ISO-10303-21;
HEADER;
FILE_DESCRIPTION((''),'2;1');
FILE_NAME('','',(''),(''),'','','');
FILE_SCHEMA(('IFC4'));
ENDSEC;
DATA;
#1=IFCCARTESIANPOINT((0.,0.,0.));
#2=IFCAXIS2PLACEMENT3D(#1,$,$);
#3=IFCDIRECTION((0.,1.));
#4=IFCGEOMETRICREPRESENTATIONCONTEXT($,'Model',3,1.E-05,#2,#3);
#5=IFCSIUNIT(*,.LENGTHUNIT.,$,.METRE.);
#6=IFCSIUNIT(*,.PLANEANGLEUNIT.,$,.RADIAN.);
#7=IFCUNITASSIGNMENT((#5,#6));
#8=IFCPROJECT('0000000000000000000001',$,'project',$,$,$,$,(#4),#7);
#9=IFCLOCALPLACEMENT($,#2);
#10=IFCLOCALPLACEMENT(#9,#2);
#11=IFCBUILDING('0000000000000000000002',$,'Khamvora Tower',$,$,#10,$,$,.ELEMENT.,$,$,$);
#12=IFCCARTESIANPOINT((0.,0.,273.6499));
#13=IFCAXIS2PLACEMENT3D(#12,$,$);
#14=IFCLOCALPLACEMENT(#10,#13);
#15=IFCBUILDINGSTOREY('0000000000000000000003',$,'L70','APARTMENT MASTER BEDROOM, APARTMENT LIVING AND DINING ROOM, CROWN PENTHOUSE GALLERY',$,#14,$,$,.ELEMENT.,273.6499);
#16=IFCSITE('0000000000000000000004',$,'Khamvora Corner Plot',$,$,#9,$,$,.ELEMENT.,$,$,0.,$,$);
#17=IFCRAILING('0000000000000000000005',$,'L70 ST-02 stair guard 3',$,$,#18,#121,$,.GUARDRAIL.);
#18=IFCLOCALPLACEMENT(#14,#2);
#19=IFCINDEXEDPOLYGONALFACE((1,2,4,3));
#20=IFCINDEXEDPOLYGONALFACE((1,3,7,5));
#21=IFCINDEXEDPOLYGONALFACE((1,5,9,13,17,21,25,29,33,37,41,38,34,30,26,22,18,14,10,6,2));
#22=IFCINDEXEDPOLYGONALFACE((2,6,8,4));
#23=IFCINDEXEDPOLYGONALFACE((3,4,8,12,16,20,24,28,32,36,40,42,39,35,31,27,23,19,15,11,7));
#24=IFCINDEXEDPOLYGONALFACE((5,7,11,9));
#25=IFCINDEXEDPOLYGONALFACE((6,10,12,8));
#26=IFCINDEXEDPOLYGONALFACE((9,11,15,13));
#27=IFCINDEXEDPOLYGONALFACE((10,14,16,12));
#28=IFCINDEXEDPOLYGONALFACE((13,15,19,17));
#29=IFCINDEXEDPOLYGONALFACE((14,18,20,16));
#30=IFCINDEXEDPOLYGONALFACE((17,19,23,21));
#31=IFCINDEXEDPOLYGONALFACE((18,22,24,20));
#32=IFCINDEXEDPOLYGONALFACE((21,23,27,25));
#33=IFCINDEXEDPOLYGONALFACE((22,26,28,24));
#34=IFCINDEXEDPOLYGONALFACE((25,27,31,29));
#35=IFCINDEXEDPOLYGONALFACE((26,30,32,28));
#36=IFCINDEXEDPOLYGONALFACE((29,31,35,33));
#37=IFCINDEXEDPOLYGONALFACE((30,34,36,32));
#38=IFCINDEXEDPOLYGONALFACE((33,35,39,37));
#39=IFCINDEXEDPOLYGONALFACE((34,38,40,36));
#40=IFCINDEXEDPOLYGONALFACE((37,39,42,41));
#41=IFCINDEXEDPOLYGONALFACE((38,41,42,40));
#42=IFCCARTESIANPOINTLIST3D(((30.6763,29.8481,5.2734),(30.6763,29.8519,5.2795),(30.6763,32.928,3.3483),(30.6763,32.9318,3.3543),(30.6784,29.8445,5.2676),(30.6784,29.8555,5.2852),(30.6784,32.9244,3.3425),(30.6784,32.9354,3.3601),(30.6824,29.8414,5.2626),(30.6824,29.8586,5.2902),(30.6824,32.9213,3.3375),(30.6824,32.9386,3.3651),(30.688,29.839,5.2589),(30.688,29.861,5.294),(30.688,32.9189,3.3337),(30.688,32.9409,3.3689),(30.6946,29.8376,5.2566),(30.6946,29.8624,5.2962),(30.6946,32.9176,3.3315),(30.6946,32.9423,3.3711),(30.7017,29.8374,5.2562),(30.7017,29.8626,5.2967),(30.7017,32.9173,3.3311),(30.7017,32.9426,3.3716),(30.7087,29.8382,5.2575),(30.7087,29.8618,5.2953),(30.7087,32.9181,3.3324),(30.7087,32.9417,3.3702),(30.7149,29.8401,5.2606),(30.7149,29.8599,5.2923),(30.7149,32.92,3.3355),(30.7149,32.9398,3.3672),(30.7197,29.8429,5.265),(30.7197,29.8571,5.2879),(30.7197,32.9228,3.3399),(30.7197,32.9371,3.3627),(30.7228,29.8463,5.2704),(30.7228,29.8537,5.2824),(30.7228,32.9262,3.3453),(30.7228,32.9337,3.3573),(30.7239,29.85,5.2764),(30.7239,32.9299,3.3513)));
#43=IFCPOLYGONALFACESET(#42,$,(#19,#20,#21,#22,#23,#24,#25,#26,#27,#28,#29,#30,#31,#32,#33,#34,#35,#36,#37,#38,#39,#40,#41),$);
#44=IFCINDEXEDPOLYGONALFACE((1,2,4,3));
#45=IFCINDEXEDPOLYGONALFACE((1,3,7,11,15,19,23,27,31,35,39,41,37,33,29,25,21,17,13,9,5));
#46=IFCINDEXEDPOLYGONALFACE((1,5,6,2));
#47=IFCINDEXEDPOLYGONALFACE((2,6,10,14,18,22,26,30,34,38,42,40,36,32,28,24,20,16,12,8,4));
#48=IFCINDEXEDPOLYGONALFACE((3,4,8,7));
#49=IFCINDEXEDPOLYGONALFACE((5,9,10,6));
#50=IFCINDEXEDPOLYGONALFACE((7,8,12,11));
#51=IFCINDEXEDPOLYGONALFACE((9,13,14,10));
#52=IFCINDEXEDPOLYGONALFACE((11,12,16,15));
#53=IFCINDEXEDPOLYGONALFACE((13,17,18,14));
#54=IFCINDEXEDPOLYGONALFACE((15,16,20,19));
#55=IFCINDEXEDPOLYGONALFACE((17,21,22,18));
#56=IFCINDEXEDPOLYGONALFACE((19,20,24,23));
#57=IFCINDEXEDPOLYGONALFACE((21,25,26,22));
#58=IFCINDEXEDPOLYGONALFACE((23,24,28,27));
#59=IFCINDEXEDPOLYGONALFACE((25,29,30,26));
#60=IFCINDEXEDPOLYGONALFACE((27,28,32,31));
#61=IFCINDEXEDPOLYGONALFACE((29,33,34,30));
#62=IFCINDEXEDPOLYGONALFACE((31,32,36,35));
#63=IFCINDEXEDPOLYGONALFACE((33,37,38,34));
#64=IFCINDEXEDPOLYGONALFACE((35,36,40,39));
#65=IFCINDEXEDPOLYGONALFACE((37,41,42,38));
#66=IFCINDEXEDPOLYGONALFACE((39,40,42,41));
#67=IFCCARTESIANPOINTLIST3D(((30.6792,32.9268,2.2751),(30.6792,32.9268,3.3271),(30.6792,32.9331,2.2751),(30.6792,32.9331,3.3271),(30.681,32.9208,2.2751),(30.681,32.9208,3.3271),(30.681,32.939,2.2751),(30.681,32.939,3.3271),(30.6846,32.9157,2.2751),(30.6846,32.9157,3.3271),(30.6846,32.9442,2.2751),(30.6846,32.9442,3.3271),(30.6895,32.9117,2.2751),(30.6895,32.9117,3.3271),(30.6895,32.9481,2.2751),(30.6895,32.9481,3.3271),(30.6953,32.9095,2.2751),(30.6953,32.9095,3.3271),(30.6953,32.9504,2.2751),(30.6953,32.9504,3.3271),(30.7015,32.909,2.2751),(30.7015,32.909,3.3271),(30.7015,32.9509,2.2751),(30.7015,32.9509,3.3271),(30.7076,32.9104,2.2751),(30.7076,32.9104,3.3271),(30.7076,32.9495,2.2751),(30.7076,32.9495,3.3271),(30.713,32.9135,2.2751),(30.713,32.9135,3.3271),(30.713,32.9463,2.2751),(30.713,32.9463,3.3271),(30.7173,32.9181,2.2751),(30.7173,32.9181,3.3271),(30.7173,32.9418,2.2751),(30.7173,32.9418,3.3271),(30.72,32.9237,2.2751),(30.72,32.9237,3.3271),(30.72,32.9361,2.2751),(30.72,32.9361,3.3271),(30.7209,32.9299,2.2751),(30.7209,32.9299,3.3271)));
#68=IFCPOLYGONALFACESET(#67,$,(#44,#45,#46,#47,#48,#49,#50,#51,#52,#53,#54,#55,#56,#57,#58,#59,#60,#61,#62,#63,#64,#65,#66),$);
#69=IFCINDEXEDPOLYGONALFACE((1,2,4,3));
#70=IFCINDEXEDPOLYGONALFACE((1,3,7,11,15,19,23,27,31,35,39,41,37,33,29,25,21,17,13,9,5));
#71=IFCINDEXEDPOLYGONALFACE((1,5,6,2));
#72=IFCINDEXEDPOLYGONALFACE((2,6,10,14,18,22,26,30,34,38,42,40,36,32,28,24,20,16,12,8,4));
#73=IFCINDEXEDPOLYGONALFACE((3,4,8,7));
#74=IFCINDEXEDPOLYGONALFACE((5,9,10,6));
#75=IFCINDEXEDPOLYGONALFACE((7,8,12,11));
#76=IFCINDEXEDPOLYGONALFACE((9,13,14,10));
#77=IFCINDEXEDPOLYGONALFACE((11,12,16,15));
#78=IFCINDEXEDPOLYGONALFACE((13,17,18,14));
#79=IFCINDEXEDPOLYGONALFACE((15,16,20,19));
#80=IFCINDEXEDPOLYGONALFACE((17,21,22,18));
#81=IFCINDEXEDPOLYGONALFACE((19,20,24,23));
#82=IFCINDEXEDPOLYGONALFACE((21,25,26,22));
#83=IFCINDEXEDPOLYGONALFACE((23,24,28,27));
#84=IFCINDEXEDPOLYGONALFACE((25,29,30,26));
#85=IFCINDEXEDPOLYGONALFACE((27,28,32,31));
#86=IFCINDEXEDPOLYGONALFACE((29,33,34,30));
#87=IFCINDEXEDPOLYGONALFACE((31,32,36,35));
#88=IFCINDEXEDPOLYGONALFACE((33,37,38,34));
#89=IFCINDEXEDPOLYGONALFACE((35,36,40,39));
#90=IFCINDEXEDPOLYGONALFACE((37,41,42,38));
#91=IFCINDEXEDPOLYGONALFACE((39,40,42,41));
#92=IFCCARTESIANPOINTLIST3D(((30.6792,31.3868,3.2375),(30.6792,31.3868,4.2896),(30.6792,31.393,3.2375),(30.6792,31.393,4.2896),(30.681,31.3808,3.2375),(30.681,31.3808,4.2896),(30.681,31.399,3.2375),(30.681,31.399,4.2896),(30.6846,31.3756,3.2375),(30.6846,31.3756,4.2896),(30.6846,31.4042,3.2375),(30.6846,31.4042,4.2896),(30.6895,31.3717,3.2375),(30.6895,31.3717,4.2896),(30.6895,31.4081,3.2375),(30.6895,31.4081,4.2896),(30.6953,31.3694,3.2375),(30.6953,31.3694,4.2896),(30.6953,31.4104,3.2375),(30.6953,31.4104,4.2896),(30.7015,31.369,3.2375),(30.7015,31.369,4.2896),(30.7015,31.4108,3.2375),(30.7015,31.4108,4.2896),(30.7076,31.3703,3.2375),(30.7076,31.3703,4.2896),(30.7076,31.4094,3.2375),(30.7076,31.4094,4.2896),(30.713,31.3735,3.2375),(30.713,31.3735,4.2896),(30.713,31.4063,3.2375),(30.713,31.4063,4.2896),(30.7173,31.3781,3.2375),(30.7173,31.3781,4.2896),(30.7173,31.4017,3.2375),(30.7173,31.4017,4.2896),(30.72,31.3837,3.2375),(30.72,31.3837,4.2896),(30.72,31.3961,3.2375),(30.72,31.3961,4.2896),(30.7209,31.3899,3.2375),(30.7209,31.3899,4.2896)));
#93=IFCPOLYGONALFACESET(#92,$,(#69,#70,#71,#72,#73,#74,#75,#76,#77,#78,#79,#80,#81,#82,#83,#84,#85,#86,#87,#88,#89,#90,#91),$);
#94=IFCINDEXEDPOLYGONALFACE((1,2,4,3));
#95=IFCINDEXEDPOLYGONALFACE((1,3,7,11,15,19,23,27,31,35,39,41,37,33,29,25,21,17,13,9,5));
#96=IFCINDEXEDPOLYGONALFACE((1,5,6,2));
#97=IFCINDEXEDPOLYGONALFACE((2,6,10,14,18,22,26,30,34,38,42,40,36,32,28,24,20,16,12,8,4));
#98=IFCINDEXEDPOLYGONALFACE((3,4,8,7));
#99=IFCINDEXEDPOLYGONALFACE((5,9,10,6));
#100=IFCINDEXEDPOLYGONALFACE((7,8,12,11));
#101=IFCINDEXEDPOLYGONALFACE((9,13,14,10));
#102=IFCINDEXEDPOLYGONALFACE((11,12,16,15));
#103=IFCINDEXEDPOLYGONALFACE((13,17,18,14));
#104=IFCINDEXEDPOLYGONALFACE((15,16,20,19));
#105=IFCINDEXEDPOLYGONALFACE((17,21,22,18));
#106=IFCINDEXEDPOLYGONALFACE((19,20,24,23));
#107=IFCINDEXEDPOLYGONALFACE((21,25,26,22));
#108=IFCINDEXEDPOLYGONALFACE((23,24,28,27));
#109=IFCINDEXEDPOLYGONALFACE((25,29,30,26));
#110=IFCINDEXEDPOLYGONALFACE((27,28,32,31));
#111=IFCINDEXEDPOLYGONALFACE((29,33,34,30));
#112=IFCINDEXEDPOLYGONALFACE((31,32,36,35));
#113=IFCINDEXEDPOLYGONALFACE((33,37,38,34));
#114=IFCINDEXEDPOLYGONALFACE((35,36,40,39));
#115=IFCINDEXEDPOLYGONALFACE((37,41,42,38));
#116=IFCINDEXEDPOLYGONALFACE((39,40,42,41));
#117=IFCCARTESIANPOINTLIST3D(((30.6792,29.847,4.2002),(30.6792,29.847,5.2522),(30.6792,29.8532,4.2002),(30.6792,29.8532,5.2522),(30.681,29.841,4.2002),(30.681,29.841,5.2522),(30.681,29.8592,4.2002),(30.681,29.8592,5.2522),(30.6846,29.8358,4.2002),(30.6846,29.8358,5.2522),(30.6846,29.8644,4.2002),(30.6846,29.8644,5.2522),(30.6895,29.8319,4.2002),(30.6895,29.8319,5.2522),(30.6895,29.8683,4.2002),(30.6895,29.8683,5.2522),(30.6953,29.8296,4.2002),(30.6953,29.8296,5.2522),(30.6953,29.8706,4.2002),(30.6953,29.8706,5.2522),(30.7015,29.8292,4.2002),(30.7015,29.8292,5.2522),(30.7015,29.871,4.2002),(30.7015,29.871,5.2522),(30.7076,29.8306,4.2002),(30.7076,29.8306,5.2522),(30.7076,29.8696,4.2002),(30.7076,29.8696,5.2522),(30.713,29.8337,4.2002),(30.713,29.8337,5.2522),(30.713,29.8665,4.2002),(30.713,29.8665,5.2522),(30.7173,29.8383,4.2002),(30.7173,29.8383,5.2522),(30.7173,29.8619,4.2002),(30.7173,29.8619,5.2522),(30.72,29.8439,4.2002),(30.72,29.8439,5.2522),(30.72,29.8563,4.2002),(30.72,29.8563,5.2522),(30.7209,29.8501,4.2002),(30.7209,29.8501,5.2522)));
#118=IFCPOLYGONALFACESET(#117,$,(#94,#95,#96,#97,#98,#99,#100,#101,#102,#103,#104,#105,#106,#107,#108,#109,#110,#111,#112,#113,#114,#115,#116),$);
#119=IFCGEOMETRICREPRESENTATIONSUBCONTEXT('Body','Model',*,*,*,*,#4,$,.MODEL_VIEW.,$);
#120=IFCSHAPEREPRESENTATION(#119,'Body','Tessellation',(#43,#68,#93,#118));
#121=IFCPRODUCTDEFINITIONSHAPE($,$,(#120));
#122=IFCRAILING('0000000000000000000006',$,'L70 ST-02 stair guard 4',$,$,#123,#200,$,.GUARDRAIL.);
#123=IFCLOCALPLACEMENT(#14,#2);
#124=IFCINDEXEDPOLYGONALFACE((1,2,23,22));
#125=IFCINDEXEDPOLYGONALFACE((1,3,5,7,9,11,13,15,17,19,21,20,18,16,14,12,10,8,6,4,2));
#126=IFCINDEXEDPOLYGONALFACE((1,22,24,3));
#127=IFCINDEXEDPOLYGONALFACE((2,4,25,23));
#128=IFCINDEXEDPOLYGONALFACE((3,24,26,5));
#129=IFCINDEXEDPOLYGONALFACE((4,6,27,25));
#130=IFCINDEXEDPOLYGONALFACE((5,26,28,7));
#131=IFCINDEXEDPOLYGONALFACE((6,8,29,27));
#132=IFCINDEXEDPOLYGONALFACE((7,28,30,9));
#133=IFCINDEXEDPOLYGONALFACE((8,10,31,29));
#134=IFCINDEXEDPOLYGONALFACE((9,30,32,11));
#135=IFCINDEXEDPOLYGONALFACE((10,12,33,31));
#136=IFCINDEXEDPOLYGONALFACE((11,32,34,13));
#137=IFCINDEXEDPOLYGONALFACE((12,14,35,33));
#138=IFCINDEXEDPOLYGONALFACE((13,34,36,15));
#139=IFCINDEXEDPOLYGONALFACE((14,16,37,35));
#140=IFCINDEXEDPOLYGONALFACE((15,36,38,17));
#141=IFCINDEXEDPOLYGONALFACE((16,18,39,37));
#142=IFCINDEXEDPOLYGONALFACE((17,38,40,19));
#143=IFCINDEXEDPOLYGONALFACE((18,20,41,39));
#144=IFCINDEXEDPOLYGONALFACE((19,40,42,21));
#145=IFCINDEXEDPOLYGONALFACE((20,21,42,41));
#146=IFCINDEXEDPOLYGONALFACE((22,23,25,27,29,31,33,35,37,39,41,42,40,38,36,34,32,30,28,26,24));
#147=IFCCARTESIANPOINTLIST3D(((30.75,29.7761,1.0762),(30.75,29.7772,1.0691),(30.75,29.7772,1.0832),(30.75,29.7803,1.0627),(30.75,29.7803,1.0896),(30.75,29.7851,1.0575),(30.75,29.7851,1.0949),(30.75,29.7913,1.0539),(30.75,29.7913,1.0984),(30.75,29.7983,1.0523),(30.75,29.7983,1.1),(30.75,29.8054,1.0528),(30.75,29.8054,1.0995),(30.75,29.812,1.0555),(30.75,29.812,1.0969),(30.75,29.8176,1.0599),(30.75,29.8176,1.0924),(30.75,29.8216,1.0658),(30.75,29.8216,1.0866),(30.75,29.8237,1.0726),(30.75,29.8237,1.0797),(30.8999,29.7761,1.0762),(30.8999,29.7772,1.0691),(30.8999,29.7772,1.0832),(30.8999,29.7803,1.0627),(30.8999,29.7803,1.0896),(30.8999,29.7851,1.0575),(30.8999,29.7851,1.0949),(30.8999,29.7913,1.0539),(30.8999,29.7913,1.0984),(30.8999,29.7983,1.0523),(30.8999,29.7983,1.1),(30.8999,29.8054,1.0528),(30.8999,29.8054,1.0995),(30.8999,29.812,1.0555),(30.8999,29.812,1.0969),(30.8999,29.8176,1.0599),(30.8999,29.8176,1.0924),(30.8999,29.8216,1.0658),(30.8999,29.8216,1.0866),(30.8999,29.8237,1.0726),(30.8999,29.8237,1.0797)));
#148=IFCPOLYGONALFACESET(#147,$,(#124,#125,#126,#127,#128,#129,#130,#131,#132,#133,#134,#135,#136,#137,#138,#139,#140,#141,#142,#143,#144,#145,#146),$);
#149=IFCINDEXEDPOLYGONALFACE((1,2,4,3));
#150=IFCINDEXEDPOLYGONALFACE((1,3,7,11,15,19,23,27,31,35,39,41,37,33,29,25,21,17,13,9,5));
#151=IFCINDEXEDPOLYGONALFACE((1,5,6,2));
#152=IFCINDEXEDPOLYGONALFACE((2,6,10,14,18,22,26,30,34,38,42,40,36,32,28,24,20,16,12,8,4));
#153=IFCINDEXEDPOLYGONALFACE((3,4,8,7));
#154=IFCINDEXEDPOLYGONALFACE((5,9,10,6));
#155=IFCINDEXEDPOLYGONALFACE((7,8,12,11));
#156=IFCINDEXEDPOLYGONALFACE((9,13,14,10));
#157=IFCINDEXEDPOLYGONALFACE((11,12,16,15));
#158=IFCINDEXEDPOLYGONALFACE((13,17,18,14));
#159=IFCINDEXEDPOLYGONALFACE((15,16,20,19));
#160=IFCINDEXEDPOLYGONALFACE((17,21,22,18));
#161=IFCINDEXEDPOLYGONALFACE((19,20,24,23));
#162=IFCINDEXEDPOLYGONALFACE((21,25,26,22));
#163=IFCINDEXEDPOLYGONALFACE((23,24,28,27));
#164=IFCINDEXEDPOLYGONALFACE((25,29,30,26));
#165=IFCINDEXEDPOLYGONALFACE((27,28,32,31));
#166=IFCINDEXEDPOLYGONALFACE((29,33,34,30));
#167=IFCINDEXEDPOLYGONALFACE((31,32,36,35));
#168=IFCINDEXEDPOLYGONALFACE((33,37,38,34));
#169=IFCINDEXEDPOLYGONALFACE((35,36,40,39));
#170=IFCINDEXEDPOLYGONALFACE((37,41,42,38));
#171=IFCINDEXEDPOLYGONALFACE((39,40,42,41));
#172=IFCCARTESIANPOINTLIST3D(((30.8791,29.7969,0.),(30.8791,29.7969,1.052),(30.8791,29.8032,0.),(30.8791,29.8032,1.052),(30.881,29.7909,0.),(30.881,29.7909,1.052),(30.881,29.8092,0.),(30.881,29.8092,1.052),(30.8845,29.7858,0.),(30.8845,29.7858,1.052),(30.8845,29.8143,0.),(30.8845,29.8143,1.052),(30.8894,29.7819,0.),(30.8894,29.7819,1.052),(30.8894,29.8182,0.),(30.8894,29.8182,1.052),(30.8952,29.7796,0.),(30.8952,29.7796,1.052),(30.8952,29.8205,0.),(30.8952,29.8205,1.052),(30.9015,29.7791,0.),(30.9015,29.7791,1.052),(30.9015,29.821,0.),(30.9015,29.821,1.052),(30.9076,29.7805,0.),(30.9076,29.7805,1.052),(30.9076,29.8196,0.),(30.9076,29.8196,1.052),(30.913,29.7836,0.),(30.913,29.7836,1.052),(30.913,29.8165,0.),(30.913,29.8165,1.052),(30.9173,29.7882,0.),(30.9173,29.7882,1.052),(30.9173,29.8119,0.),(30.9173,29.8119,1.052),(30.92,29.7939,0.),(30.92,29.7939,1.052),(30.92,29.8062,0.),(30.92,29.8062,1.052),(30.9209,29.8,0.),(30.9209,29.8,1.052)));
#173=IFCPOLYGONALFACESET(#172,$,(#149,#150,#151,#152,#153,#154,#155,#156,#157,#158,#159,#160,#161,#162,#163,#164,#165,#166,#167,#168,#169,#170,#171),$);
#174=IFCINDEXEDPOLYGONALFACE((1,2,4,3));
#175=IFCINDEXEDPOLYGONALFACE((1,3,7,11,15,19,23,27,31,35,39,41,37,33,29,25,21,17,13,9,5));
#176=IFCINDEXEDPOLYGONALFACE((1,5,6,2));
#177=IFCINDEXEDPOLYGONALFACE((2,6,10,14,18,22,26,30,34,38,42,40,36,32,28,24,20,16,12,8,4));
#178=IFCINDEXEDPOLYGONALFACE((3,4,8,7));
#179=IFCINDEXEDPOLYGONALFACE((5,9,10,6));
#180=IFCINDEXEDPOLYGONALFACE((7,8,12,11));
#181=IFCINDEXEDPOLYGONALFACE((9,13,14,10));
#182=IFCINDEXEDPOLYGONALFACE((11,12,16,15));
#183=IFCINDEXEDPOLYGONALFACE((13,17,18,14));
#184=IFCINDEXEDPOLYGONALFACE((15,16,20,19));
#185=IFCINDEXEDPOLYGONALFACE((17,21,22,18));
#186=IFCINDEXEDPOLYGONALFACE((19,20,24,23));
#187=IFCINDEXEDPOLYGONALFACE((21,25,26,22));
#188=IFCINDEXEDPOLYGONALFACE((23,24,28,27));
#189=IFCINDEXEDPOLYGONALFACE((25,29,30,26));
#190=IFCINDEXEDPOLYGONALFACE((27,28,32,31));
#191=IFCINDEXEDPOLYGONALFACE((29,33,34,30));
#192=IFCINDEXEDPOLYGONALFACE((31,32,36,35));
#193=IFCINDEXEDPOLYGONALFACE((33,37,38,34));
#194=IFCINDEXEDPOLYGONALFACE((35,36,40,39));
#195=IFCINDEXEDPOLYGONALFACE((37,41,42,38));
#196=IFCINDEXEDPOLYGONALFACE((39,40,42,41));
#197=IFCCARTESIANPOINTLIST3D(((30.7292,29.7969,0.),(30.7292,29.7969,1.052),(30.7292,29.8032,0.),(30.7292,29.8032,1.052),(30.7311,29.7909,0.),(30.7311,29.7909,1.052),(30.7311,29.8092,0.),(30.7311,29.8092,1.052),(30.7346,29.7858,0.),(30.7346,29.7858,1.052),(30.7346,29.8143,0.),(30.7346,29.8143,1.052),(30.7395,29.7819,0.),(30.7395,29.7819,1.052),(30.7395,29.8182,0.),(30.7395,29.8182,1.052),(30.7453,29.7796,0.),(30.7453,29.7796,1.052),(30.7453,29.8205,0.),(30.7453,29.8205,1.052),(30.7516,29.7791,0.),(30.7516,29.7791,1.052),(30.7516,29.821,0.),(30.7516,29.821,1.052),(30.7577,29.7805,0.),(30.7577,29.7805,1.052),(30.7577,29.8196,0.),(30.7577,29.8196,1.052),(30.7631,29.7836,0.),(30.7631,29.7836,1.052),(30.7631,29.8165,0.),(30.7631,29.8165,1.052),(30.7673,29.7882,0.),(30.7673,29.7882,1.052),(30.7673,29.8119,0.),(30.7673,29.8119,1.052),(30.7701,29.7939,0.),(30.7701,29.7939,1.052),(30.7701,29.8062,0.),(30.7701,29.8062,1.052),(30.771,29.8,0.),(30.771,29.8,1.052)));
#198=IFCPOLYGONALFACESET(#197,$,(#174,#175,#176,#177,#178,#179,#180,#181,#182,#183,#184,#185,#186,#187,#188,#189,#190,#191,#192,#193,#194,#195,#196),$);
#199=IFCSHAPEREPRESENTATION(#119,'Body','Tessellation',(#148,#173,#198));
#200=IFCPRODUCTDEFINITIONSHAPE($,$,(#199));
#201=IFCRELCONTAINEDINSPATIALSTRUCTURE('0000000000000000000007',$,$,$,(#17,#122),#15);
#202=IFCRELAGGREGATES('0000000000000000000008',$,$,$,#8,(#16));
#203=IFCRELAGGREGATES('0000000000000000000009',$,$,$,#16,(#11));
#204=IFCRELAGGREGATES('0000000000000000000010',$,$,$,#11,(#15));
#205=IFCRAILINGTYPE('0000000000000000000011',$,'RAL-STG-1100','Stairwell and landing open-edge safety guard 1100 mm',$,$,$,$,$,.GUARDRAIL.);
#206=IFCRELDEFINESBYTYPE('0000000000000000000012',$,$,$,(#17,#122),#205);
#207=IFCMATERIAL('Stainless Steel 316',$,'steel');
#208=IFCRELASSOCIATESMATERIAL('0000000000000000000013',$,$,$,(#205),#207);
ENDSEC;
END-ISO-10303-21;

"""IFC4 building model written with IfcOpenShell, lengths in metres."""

from ifc_helpers import new_model, si_unit, direction, frame, origin, origin_2d, place, context, subcontext, project, spatial, circle, extrude, material, type_object, element, save


model = new_model("IFC4")

# Units and contexts
model_context = context("Model", 3, precision=1e-05, world=origin(), true_north=direction((0.0, 1.0)))
body_context = subcontext(model_context, "Body", "Model", "MODEL_VIEW")
ifc_project = project(units=[si_unit("LENGTHUNIT", "METRE"), si_unit("PLANEANGLEUNIT", "RADIAN")], contexts=[model_context])

# Site, building, storey
site_placement = place(None, origin())
site = spatial("IfcSite", under=ifc_project, at=site_placement, Name="Khamvora Corner Plot", CompositionType="ELEMENT", RefElevation=0.0)
building_placement = place(site_placement, origin())
building = spatial("IfcBuilding", under=site, at=building_placement, Name="Khamvora Tower", CompositionType="ELEMENT")
storey_placement = place(building_placement, frame((0.0, 0.0, 273.6499)))
storey = spatial("IfcBuildingStorey", under=building, at=storey_placement, Name="L70", Description="APARTMENT MASTER BEDROOM, APARTMENT LIVING AND DINING ROOM, CROWN PENTHOUSE GALLERY", CompositionType="ELEMENT", Elevation=273.6499)

# Railings
ifc_material_1 = material(Name="Stainless Steel 316", Category="steel")
railing_type_1 = type_object("IfcRailingType", Name="RAL-STG-1100", Description="Stairwell and landing open-edge safety guard 1100 mm", PredefinedType="GUARDRAIL", material=ifc_material_1)
railing_1_placement = place(storey_placement, frame((30.7, 32.9299, 2.2751)))
element("IfcRailing", 1, at=railing_1_placement, inside=storey, type_object=railing_type_1, Name="L70 ST-02 stair guard 3", PredefinedType="GUARDRAIL", context=body_context, shape_type="SweptSolid", body=[
    extrude(circle(Radius=0.0239, at=origin_2d()), frame((0.0, 0.0, 1.0762), z_axis=(0.0, -0.847979, 0.530029), x_axis=(1.0, 0.0, 0.0)), (0.0, 0.0, 1.0), 3.6321),
    extrude(circle(Radius=0.021, at=origin_2d()), origin(), (0.0, 0.0, 1.0), 1.052),
    extrude(circle(Radius=0.021, at=origin_2d()), frame((0.0, -1.54, 0.9624)), (0.0, 0.0, 1.0), 1.052),
    extrude(circle(Radius=0.021, at=origin_2d()), frame((0.0, -3.0798, 1.925)), (0.0, 0.0, 1.0), 1.052),
])
railing_2_placement = place(storey_placement, frame((30.8999, 29.8, 0.0)))
element("IfcRailing", 2, at=railing_2_placement, inside=storey, type_object=railing_type_1, Name="L70 ST-02 stair guard 4", PredefinedType="GUARDRAIL", context=body_context, shape_type="SweptSolid", body=[
    extrude(circle(Radius=0.0239, at=origin_2d()), frame((0.0, 0.0, 1.0762), z_axis=(-1.0, 0.0, 0.0), x_axis=(0.0, -1.0, 0.0)), (0.0, 0.0, 1.0), 0.1499),
    extrude(circle(Radius=0.021, at=origin_2d()), origin(), (0.0, 0.0, 1.0), 1.052),
    extrude(circle(Radius=0.021, at=origin_2d()), frame((-0.1499, 0.0, 0.0)), (0.0, 0.0, 1.0), 1.052),
])

save(model, "model.ifc")
